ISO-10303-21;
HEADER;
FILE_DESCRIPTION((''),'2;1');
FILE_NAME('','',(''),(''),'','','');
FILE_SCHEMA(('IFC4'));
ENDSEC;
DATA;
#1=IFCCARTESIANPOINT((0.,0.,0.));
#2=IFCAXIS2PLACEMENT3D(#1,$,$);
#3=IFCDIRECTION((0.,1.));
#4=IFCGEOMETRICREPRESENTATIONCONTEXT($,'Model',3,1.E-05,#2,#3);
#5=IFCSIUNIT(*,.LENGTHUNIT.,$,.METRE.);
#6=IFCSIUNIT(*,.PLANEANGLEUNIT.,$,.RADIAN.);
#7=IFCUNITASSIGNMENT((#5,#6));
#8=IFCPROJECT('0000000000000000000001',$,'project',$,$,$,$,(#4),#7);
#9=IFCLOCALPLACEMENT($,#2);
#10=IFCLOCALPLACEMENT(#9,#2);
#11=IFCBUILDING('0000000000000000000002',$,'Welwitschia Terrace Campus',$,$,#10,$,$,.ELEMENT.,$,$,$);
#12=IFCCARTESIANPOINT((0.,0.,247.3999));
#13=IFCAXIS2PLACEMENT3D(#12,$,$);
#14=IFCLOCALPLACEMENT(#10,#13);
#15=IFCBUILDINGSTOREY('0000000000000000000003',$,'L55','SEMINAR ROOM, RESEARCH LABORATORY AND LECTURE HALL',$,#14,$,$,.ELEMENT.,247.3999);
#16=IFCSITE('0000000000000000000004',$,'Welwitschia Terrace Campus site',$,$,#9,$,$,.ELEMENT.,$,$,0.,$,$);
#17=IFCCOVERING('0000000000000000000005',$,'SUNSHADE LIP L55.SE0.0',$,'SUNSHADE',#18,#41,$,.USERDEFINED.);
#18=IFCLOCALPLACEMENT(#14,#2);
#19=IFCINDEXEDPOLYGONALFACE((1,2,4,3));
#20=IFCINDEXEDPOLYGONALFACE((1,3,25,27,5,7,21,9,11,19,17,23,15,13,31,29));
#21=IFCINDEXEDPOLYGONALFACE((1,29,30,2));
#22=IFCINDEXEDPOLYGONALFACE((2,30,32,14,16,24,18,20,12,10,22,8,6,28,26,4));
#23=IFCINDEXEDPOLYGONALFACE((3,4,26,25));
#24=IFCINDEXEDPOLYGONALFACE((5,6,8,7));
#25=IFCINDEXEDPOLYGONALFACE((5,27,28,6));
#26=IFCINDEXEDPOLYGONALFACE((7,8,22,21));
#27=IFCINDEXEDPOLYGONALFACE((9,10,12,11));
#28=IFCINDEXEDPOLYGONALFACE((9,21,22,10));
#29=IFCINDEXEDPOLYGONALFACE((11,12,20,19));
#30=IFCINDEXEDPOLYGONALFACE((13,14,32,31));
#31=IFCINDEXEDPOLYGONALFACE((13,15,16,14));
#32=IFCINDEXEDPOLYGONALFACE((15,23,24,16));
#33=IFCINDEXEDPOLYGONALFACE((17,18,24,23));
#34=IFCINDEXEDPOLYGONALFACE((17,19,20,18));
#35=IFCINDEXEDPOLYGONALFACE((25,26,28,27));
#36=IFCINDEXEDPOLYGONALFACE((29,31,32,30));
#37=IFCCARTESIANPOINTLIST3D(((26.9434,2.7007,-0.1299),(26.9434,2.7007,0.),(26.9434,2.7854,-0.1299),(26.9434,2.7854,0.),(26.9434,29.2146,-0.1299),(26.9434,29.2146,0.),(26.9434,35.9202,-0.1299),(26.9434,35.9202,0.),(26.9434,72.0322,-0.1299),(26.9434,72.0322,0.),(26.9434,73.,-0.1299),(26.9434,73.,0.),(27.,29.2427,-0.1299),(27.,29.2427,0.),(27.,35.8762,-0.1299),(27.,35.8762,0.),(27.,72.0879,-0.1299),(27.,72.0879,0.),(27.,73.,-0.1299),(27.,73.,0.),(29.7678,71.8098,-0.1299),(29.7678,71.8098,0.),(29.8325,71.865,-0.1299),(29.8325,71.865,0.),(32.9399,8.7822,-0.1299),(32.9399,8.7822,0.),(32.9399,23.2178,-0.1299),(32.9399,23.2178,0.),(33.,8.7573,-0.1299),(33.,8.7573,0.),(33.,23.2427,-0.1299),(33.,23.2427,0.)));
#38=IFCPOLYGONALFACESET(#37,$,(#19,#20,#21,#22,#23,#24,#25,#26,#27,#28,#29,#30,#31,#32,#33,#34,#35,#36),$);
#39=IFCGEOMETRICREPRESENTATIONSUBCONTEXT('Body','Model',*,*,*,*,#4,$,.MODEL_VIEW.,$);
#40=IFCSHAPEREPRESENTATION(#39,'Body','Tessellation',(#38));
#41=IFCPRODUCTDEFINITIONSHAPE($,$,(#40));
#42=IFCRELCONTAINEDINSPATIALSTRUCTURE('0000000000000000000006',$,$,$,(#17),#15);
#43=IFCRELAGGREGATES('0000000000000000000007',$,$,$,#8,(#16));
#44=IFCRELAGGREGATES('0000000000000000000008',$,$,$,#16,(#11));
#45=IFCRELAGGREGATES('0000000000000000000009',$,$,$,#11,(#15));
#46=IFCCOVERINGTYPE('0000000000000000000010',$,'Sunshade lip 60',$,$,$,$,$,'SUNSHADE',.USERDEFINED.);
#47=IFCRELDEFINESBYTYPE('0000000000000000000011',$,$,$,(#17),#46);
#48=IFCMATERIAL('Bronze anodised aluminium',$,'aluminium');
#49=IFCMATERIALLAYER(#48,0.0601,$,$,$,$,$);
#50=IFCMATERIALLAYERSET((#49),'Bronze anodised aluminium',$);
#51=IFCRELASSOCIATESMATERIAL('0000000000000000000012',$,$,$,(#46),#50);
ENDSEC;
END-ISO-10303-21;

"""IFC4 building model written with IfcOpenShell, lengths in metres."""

from ifc_helpers import new_model, si_unit, direction, frame, origin, place, context, subcontext, project, spatial, polyline, outline, extrude, material, layer, layer_set, type_object, element, save


model = new_model("IFC4")

# Units and contexts
model_context = context("Model", 3, precision=1e-05, world=origin(), true_north=direction((0.0, 1.0)))
body_context = subcontext(model_context, "Body", "Model", "MODEL_VIEW")
ifc_project = project(units=[si_unit("LENGTHUNIT", "METRE"), si_unit("PLANEANGLEUNIT", "RADIAN")], contexts=[model_context])

# Site, building, storey
site_placement = place(None, origin())
site = spatial("IfcSite", under=ifc_project, at=site_placement, Name="Welwitschia Terrace Campus site", CompositionType="ELEMENT", RefElevation=0.0)
building_placement = place(site_placement, origin())
building = spatial("IfcBuilding", under=site, at=building_placement, Name="Welwitschia Terrace Campus", CompositionType="ELEMENT")
storey_placement = place(building_placement, frame((0.0, 0.0, 247.3999)))
storey = spatial("IfcBuildingStorey", under=building, at=storey_placement, Name="L55", Description="SEMINAR ROOM, RESEARCH LABORATORY AND LECTURE HALL", CompositionType="ELEMENT", Elevation=247.3999)

# Covering
ifc_material_1 = material(Name="Bronze anodised aluminium", Category="aluminium")
ifc_layer_1 = layer(ifc_material_1, 0.0601)
ifc_layer_set_1 = layer_set([ifc_layer_1], Name="Bronze anodised aluminium")
covering_type_1 = type_object("IfcCoveringType", Name="Sunshade lip 60", ElementType="SUNSHADE", PredefinedType="USERDEFINED", material=ifc_layer_set_1)
covering_1_placement = place(storey_placement, frame((0.0, 0.0, -0.1299)))
element("IfcCovering", 1, at=covering_1_placement, inside=storey, type_object=covering_type_1, Name="SUNSHADE LIP L55.SE0.0", ObjectType="SUNSHADE", PredefinedType="USERDEFINED", context=body_context, shape_type="SweptSolid", body=[
    extrude(outline(polyline([(27.0, 72.0879), (29.8325, 71.865), (27.0, 35.8762), (27.0, 29.2427), (33.0, 23.2427), (33.0, 8.7573), (26.9434, 2.7007), (26.9434, 2.7854), (32.9399, 8.7822), (32.9399, 23.2178), (26.9434, 29.2146), (26.9434, 35.9202), (29.7678, 71.8098), (26.9434, 72.0322), (26.9434, 73.0), (27.0, 73.0), (27.0, 72.0879)])), origin(), (0.0, 0.0, 1.0), 0.1299),
])

save(model, "model.ifc")
